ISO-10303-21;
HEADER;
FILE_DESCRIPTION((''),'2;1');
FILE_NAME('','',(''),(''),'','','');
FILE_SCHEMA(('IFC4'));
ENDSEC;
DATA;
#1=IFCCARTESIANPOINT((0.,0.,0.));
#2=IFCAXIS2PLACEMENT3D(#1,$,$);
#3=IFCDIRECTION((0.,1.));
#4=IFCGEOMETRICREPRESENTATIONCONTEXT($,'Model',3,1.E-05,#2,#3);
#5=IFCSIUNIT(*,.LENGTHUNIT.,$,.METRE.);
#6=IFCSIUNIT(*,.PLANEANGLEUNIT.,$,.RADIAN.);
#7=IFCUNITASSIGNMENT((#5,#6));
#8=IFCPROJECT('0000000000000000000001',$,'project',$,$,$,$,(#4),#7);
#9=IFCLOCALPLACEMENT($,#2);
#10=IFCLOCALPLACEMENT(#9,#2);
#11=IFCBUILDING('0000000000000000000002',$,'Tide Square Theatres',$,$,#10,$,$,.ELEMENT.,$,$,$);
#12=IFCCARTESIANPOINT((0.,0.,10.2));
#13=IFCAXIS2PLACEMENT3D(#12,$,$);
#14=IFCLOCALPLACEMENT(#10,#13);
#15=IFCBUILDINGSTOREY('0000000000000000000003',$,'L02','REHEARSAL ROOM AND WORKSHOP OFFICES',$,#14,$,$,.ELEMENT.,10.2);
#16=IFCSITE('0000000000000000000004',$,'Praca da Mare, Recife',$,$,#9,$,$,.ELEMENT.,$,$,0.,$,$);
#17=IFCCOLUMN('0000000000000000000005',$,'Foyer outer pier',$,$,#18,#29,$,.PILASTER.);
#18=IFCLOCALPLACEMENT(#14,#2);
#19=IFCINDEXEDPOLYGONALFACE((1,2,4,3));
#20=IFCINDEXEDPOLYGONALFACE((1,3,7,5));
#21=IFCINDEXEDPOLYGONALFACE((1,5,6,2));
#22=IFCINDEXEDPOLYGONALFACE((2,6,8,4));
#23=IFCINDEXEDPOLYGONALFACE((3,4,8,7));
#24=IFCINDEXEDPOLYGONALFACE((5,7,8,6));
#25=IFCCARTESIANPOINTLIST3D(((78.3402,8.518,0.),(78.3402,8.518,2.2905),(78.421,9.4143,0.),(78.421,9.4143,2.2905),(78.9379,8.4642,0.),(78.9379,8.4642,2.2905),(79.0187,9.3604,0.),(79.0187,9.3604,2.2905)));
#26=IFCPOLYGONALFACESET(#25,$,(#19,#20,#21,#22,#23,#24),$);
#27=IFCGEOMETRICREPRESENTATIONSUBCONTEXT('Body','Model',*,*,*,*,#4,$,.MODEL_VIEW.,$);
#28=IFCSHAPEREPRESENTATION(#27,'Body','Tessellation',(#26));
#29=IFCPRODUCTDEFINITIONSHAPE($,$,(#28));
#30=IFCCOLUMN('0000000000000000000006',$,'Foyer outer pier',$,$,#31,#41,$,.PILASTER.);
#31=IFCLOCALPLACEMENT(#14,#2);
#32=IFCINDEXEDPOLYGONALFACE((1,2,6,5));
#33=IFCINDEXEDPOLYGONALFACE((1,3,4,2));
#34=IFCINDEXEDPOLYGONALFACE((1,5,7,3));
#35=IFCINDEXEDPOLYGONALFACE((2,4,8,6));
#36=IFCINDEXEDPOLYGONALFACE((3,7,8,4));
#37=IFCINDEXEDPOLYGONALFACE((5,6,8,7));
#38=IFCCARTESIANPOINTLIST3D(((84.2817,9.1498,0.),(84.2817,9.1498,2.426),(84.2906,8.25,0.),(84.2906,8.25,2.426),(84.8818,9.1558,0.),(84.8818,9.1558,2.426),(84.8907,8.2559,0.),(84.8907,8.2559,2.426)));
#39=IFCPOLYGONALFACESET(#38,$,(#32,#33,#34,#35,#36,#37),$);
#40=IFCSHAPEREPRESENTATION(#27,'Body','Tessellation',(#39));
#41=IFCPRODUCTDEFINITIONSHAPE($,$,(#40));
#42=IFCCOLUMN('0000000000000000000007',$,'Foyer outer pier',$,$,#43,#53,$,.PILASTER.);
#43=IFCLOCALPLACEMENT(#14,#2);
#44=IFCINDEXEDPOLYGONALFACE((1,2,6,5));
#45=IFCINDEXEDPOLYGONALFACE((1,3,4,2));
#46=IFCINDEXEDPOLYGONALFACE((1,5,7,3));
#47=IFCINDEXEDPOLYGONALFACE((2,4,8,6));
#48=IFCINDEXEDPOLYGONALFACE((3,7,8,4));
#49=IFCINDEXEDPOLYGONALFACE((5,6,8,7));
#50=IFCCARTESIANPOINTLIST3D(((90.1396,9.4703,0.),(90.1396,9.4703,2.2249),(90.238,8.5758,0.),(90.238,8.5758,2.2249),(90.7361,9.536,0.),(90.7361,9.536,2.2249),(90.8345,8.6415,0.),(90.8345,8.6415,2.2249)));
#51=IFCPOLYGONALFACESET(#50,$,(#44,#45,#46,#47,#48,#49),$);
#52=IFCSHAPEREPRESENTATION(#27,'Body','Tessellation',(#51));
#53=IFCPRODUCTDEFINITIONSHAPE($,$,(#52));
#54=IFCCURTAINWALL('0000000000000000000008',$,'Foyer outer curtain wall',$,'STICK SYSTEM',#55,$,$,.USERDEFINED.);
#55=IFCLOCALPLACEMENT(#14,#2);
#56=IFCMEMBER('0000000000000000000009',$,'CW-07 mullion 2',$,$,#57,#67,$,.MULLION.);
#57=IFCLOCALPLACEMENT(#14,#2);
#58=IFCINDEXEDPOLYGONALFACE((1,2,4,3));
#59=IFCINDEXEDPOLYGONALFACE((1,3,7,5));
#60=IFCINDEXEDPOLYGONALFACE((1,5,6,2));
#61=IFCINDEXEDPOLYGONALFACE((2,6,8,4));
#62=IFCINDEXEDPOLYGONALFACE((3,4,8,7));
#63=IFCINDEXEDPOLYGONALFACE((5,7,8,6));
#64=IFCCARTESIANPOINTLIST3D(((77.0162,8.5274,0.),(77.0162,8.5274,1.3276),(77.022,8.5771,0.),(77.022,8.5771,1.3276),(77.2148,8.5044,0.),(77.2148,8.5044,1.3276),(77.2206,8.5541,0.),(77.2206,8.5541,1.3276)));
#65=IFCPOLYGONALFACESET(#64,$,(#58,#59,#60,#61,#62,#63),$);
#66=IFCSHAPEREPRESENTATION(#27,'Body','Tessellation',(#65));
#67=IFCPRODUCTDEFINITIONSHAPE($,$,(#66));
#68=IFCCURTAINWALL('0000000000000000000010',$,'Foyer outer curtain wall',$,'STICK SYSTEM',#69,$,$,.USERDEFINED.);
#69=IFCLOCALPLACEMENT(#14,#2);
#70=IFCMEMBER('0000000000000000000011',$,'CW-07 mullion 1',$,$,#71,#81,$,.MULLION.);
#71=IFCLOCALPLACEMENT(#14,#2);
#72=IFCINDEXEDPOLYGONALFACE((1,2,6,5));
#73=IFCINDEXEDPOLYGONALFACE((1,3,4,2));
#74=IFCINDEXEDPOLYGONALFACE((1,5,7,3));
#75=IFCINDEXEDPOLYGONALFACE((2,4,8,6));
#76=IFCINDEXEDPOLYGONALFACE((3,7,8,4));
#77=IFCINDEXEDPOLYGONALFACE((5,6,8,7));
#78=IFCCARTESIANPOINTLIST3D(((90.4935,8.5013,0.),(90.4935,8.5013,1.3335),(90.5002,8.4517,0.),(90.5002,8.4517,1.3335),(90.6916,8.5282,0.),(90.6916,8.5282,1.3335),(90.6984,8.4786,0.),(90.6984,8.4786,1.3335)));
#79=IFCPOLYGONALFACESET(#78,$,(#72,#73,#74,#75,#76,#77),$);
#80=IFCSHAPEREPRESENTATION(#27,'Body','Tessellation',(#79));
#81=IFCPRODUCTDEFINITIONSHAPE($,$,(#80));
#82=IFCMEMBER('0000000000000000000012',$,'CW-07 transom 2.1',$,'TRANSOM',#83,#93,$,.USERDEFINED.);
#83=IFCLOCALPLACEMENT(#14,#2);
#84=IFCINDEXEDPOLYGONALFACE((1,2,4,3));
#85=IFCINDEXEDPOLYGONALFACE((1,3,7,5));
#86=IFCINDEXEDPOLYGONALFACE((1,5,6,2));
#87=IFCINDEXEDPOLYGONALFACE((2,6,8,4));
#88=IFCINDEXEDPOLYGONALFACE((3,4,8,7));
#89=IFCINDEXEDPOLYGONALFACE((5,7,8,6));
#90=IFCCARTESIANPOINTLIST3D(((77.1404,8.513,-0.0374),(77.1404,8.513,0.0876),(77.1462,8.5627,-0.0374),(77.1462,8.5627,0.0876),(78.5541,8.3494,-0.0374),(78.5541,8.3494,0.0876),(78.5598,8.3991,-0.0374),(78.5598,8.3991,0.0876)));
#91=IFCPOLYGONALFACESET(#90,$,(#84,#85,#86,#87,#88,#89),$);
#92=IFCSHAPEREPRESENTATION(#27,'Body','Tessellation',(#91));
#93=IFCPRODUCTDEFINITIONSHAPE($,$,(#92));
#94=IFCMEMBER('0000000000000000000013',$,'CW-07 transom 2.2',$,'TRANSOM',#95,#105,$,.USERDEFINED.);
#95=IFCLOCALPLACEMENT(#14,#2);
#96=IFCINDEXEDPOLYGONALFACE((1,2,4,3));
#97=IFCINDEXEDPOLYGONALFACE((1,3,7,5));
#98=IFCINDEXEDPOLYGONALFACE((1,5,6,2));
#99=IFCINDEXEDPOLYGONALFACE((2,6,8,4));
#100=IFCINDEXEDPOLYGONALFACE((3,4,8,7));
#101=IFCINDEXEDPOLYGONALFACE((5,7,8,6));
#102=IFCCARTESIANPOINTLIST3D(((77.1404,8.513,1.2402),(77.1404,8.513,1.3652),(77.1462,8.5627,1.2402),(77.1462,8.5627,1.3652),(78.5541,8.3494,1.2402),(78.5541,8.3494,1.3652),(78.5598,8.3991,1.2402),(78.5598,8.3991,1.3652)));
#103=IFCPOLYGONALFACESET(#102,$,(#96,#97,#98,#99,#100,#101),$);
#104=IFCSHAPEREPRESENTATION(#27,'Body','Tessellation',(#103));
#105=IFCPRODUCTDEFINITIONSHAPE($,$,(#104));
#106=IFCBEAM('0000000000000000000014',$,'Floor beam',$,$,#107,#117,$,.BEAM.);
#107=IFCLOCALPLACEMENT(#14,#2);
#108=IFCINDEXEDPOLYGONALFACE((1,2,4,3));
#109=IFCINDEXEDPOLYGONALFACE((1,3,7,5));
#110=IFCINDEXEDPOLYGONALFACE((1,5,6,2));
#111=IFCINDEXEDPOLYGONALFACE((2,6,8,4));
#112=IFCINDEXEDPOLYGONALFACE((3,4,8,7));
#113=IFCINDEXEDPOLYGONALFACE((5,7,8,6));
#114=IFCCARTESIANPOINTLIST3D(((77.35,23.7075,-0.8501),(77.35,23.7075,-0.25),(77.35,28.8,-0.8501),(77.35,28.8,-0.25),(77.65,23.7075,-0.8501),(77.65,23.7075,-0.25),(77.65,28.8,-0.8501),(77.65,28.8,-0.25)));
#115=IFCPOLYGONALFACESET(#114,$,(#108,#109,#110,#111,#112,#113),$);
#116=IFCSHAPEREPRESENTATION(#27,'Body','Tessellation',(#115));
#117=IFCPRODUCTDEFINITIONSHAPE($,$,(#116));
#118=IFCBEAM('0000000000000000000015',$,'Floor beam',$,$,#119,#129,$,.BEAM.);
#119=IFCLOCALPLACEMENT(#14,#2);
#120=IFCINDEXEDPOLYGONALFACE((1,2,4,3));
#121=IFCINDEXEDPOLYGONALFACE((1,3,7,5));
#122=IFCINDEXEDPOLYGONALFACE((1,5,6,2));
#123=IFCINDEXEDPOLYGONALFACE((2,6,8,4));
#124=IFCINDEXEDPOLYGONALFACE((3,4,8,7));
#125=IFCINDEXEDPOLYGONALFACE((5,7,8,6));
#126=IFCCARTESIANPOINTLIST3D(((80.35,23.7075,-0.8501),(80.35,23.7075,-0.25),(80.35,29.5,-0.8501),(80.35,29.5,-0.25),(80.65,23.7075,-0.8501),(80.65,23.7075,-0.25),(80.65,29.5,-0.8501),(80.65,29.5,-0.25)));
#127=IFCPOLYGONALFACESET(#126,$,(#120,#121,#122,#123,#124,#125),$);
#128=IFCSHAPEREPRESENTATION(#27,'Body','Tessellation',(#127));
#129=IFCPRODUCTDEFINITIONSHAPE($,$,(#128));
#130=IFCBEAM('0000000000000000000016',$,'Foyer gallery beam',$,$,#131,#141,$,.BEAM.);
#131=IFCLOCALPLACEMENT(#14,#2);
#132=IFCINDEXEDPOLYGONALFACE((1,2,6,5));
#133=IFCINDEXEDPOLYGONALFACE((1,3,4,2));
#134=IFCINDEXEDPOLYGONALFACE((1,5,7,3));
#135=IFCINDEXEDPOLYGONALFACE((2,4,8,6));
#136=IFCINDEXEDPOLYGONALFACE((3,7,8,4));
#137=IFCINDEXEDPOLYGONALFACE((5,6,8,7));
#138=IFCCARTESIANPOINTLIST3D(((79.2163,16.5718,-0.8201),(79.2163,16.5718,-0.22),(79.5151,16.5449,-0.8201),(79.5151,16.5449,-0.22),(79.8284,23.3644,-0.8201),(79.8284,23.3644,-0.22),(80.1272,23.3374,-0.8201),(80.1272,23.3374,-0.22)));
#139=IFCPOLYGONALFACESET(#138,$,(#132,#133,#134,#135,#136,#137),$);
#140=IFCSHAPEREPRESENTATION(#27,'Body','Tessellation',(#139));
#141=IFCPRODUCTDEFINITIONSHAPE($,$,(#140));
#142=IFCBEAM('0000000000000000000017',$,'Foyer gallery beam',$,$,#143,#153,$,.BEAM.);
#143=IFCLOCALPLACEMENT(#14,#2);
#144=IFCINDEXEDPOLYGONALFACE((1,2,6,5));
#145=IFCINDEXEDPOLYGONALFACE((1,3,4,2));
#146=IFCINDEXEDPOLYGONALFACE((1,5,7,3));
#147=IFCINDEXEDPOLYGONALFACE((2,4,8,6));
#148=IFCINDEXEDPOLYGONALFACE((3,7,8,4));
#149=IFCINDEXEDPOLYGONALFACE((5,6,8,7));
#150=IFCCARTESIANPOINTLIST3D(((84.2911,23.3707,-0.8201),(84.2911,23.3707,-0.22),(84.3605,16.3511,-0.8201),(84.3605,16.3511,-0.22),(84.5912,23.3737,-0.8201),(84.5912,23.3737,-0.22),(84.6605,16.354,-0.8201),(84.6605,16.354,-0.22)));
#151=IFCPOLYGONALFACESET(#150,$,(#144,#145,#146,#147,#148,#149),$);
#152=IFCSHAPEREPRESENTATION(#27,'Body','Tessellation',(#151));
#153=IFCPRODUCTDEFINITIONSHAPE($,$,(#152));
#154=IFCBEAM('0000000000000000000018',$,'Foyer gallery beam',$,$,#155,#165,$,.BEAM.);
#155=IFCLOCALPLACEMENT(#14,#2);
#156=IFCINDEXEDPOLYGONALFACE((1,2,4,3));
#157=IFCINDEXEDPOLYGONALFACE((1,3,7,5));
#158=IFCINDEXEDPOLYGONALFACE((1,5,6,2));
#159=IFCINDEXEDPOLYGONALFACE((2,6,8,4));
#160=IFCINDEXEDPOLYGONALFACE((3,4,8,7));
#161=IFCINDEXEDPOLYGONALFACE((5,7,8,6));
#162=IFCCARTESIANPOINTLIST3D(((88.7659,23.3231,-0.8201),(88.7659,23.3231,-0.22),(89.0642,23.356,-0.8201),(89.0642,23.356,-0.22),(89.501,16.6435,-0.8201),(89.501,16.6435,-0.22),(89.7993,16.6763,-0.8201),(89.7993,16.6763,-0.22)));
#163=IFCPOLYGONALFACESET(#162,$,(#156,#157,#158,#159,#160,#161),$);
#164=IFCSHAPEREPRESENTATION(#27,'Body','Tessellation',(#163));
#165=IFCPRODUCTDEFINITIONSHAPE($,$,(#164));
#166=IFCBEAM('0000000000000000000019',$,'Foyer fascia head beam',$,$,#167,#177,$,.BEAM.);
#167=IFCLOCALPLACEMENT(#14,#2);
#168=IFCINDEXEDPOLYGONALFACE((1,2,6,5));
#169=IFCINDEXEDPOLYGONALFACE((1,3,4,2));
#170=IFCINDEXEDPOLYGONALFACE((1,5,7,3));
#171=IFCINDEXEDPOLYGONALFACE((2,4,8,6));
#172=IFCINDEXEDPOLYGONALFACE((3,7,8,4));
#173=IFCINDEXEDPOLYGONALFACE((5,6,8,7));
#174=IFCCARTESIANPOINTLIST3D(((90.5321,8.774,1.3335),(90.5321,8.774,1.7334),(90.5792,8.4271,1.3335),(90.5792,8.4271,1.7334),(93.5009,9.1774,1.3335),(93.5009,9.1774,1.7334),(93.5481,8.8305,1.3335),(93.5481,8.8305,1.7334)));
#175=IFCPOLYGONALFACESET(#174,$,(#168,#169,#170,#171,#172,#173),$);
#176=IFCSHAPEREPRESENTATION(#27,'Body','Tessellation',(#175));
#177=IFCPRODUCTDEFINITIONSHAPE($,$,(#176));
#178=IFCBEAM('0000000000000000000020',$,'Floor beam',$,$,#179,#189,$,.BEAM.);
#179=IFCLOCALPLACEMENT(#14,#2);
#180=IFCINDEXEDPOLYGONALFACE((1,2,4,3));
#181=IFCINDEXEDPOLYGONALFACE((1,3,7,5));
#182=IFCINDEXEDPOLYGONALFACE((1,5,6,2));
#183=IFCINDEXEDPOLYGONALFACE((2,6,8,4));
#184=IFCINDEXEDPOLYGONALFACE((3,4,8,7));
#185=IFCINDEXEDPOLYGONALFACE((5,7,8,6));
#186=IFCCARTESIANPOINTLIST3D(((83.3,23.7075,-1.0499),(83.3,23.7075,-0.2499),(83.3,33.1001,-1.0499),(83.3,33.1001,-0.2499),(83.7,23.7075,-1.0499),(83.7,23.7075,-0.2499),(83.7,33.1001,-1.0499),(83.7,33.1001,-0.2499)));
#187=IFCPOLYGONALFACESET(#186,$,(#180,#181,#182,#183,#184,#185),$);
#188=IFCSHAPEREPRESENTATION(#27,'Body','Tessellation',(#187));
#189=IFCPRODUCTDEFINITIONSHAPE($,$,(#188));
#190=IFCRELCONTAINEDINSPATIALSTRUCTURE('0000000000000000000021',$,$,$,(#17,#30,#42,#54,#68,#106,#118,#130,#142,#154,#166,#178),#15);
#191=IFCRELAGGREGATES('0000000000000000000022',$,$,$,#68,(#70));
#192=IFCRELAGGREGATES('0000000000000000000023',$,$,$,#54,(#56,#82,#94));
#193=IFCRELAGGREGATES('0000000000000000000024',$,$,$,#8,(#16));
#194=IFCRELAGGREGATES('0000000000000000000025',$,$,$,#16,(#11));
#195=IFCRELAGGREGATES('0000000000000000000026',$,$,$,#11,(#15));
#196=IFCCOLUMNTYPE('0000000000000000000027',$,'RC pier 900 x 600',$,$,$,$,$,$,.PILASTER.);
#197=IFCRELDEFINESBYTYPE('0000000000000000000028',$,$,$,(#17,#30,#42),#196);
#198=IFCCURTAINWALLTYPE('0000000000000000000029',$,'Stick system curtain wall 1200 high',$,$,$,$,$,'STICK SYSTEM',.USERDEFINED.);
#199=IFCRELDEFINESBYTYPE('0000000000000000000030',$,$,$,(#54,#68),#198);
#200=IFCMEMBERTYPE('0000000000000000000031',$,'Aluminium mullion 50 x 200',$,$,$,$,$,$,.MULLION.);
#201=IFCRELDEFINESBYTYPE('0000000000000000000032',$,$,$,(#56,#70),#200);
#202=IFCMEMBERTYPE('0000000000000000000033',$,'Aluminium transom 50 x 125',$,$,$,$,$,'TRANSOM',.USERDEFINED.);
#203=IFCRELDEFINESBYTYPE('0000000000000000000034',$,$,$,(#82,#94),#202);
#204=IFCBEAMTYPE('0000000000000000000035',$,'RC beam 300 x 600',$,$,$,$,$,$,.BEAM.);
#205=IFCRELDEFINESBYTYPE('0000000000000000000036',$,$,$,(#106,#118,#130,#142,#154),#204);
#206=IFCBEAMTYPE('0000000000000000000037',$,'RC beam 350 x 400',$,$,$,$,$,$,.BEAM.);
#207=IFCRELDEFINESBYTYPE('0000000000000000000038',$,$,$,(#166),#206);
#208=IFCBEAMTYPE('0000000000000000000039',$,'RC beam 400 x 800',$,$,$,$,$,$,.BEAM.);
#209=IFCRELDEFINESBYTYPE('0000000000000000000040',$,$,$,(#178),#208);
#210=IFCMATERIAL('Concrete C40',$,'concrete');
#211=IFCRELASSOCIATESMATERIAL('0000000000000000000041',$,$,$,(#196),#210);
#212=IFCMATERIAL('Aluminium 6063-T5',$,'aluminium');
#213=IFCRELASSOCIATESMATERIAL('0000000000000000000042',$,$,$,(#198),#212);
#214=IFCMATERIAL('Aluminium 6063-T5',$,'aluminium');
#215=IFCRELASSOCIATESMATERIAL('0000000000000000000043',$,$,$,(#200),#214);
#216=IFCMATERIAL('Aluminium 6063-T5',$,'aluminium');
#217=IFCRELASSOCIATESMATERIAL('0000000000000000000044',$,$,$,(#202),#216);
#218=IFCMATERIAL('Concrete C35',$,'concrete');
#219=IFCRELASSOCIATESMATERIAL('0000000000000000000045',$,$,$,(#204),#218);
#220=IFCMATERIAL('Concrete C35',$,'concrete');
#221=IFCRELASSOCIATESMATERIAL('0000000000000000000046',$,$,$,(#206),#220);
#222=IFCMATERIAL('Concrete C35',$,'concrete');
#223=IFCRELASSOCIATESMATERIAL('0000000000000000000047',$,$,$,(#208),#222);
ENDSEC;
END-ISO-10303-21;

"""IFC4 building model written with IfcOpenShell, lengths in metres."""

from ifc_helpers import new_model, si_unit, direction, frame, origin, origin_2d, place, context, subcontext, project, spatial, rectangle, extrude, material, material_profile, profile_set, type_object, element, aggregate, save


model = new_model("IFC4")

# Units and contexts
model_context = context("Model", 3, precision=1e-05, world=origin(), true_north=direction((0.0, 1.0)))
body_context = subcontext(model_context, "Body", "Model", "MODEL_VIEW")
ifc_project = project(units=[si_unit("LENGTHUNIT", "METRE"), si_unit("PLANEANGLEUNIT", "RADIAN")], contexts=[model_context])

# Site, building, storey
site_placement = place(None, origin())
site = spatial("IfcSite", under=ifc_project, at=site_placement, Name="Praca da Mare, Recife", CompositionType="ELEMENT", RefElevation=0.0)
building_placement = place(site_placement, origin())
building = spatial("IfcBuilding", under=site, at=building_placement, Name="Tide Square Theatres", CompositionType="ELEMENT")
storey_placement = place(building_placement, frame((0.0, 0.0, 10.2)))
storey = spatial("IfcBuildingStorey", under=building, at=storey_placement, Name="L02", Description="REHEARSAL ROOM AND WORKSHOP OFFICES", CompositionType="ELEMENT", Elevation=10.2)

# Columns
ifc_material_1 = material(Name="Concrete C40", Category="concrete")
ifc_material_profile_1 = material_profile(ifc_material_1, rectangle(XDim=0.8999, YDim=0.6001, at=origin_2d()))
ifc_profile_set_1 = profile_set([ifc_material_profile_1], Name="Concrete C40")
column_type = type_object("IfcColumnType", Name="RC pier 900 x 600", PredefinedType="PILASTER", material=ifc_profile_set_1)
column_1_placement = place(storey_placement, frame((78.6794, 8.9392, 0.0), z_axis=(0.0, 0.0, 1.0), x_axis=(-0.089723, -0.995967, 0.0)))
element("IfcColumn", 1, at=column_1_placement, inside=storey, type_object=column_type, Name="Foyer outer pier", PredefinedType="PILASTER", context=body_context, shape_type="SweptSolid", body=[
    extrude(rectangle(XDim=0.8999, YDim=0.6001, at=origin_2d()), origin(), (0.0, 0.0, 1.0), 2.2905),
])
column_2_placement = place(storey_placement, frame((84.5862, 8.7029, 0.0), z_axis=(0.0, 0.0, 1.0), x_axis=(0.009884, -0.999951, 0.0)))
element("IfcColumn", 2, at=column_2_placement, inside=storey, type_object=column_type, Name="Foyer outer pier", PredefinedType="PILASTER", context=body_context, shape_type="SweptSolid", body=[
    extrude(rectangle(XDim=0.8999, YDim=0.6001, at=origin_2d()), origin(), (0.0, 0.0, 1.0), 2.426),
])
column_3_placement = place(storey_placement, frame((90.4871, 9.0559, 0.0), z_axis=(0.0, 0.0, 1.0), x_axis=(0.109393, -0.993999, 0.0)))
element("IfcColumn", 3, at=column_3_placement, inside=storey, type_object=column_type, Name="Foyer outer pier", PredefinedType="PILASTER", context=body_context, shape_type="SweptSolid", body=[
    extrude(rectangle(XDim=0.8999, YDim=0.6001, at=origin_2d()), origin(), (0.0, 0.0, 1.0), 2.2249),
])

# Curtain walls, members
ifc_material_2 = material(Name="Aluminium 6063-T5", Category="aluminium")
curtain_wall_type = type_object("IfcCurtainWallType", Name="Stick system curtain wall 1200 high", ElementType="STICK SYSTEM", PredefinedType="USERDEFINED", material=ifc_material_2)
curtain_wall_1_placement = place(storey_placement, origin())
curtain_wall_1 = element("IfcCurtainWall", 4, at=curtain_wall_1_placement, inside=storey, type_object=curtain_wall_type, Name="Foyer outer curtain wall", ObjectType="STICK SYSTEM", PredefinedType="USERDEFINED")
ifc_material_3 = material(Name="Aluminium 6063-T5", Category="aluminium")
ifc_material_profile_2 = material_profile(ifc_material_3, rectangle(XDim=0.05, YDim=0.2, at=origin_2d()))
ifc_profile_set_2 = profile_set([ifc_material_profile_2], Name="Aluminium 6063-T5")
member_type_1 = type_object("IfcMemberType", Name="Aluminium mullion 50 x 200", PredefinedType="MULLION", material=ifc_profile_set_2)
member_1_placement = place(storey_placement, frame((77.1184, 8.5408, 0.0), z_axis=(0.0, 0.0, 1.0), x_axis=(0.114955, 0.993371, 0.0)))
member_1 = element("IfcMember", 5, at=member_1_placement, type_object=member_type_1, Name="CW-07 mullion 2", PredefinedType="MULLION", context=body_context, shape_type="SweptSolid", body=[
    extrude(rectangle(XDim=0.05, YDim=0.2, at=origin_2d()), origin(), (0.0, 0.0, 1.0), 1.3276),
])
curtain_wall_2_placement = place(storey_placement, origin())
curtain_wall_2 = element("IfcCurtainWall", 6, at=curtain_wall_2_placement, inside=storey, type_object=curtain_wall_type, Name="Foyer outer curtain wall", ObjectType="STICK SYSTEM", PredefinedType="USERDEFINED")
member_2_placement = place(storey_placement, frame((90.5959, 8.49, 0.0), z_axis=(0.0, 0.0, 1.0), x_axis=(-0.134577, 0.990903, 0.0)))
member_2 = element("IfcMember", 7, at=member_2_placement, type_object=member_type_1, Name="CW-07 mullion 1", PredefinedType="MULLION", context=body_context, shape_type="SweptSolid", body=[
    extrude(rectangle(XDim=0.05, YDim=0.2, at=origin_2d()), origin(), (0.0, 0.0, 1.0), 1.3335),
])
aggregate(curtain_wall_2, [member_2])

# Members
ifc_material_4 = material(Name="Aluminium 6063-T5", Category="aluminium")
ifc_material_profile_3 = material_profile(ifc_material_4, rectangle(XDim=0.05, YDim=0.125, at=origin_2d()))
ifc_profile_set_3 = profile_set([ifc_material_profile_3], Name="Aluminium 6063-T5")
member_type_2 = type_object("IfcMemberType", Name="Aluminium transom 50 x 125", ElementType="TRANSOM", PredefinedType="USERDEFINED", material=ifc_profile_set_3)
member_3_placement = place(storey_placement, frame((77.1433, 8.5378, 0.0251), z_axis=(0.993371, -0.11495, 0.0), x_axis=(0.11495, 0.993371, 0.0)))
member_3 = element("IfcMember", 8, at=member_3_placement, type_object=member_type_2, Name="CW-07 transom 2.1", ObjectType="TRANSOM", PredefinedType="USERDEFINED", context=body_context, shape_type="SweptSolid", body=[
    extrude(rectangle(XDim=0.05, YDim=0.125, at=origin_2d()), origin(), (0.0, 0.0, 1.0), 1.4231),
])
member_4_placement = place(storey_placement, frame((77.1433, 8.5378, 1.3027), z_axis=(0.993371, -0.11495, 0.0), x_axis=(0.11495, 0.993371, 0.0)))
member_4 = element("IfcMember", 9, at=member_4_placement, type_object=member_type_2, Name="CW-07 transom 2.2", ObjectType="TRANSOM", PredefinedType="USERDEFINED", context=body_context, shape_type="SweptSolid", body=[
    extrude(rectangle(XDim=0.05, YDim=0.125, at=origin_2d()), origin(), (0.0, 0.0, 1.0), 1.4231),
])

# Beams
ifc_material_5 = material(Name="Concrete C35", Category="concrete")
ifc_material_profile_4 = material_profile(ifc_material_5, rectangle(XDim=0.3, YDim=0.6001, at=origin_2d()))
ifc_profile_set_4 = profile_set([ifc_material_profile_4], Name="Concrete C35")
beam_type_1 = type_object("IfcBeamType", Name="RC beam 300 x 600", PredefinedType="BEAM", material=ifc_profile_set_4)
beam_1_placement = place(storey_placement, frame((77.5, 23.7075, -0.55), z_axis=(0.0, 1.0, 0.0), x_axis=(-1.0, 0.0, 0.0)))
element("IfcBeam", 10, at=beam_1_placement, inside=storey, type_object=beam_type_1, Name="Floor beam", PredefinedType="BEAM", context=body_context, shape_type="SweptSolid", body=[
    extrude(rectangle(XDim=0.3, YDim=0.6001, at=origin_2d()), origin(), (0.0, 0.0, 1.0), 5.0925),
])
beam_2_placement = place(storey_placement, frame((80.5, 23.7075, -0.55), z_axis=(0.0, 1.0, 0.0), x_axis=(-1.0, 0.0, 0.0)))
element("IfcBeam", 11, at=beam_2_placement, inside=storey, type_object=beam_type_1, Name="Floor beam", PredefinedType="BEAM", context=body_context, shape_type="SweptSolid", body=[
    extrude(rectangle(XDim=0.3, YDim=0.6001, at=origin_2d()), origin(), (0.0, 0.0, 1.0), 5.7925),
])
beam_3_placement = place(storey_placement, frame((79.3657, 16.5583, -0.52), z_axis=(0.089745, 0.995965, 0.0), x_axis=(-0.995965, 0.089745, 0.0)))
element("IfcBeam", 12, at=beam_3_placement, inside=storey, type_object=beam_type_1, Name="Foyer gallery beam", PredefinedType="BEAM", context=body_context, shape_type="SweptSolid", body=[
    extrude(rectangle(XDim=0.3, YDim=0.6001, at=origin_2d()), origin(), (0.0, 0.0, 1.0), 6.8201),
])
beam_4_placement = place(storey_placement, frame((84.5105, 16.3525, -0.52), z_axis=(-0.009877, 0.999951, 0.0), x_axis=(-0.999951, -0.009877, 0.0)))
element("IfcBeam", 13, at=beam_4_placement, inside=storey, type_object=beam_type_1, Name="Foyer gallery beam", PredefinedType="BEAM", context=body_context, shape_type="SweptSolid", body=[
    extrude(rectangle(XDim=0.3, YDim=0.6001, at=origin_2d()), origin(), (0.0, 0.0, 1.0), 7.02),
])
beam_5_placement = place(storey_placement, frame((89.6501, 16.6599, -0.52), z_axis=(-0.109391, 0.993999, 0.0), x_axis=(-0.993999, -0.109391, 0.0)))
element("IfcBeam", 14, at=beam_5_placement, inside=storey, type_object=beam_type_1, Name="Foyer gallery beam", PredefinedType="BEAM", context=body_context, shape_type="SweptSolid", body=[
    extrude(rectangle(XDim=0.3, YDim=0.6001, at=origin_2d()), origin(), (0.0, 0.0, 1.0), 6.72),
])
ifc_material_6 = material(Name="Concrete C35", Category="concrete")
ifc_material_profile_5 = material_profile(ifc_material_6, rectangle(XDim=0.3501, YDim=0.3999, at=origin_2d()))
ifc_profile_set_5 = profile_set([ifc_material_profile_5], Name="Concrete C35")
beam_type_2 = type_object("IfcBeamType", Name="RC beam 350 x 400", PredefinedType="BEAM", material=ifc_profile_set_5)
beam_6_placement = place(storey_placement, frame((90.5557, 8.6006, 1.5334), z_axis=(0.990897, 0.134619, 0.0), x_axis=(-0.134619, 0.990897, 0.0)))
element("IfcBeam", 15, at=beam_6_placement, inside=storey, type_object=beam_type_2, Name="Foyer fascia head beam", PredefinedType="BEAM", context=body_context, shape_type="SweptSolid", body=[
    extrude(rectangle(XDim=0.3501, YDim=0.3999, at=origin_2d()), origin(), (0.0, 0.0, 1.0), 2.9961),
])
ifc_material_7 = material(Name="Concrete C35", Category="concrete")
ifc_material_profile_6 = material_profile(ifc_material_7, rectangle(XDim=0.3999, YDim=0.8, at=origin_2d()))
ifc_profile_set_6 = profile_set([ifc_material_profile_6], Name="Concrete C35")
beam_type_3 = type_object("IfcBeamType", Name="RC beam 400 x 800", PredefinedType="BEAM", material=ifc_profile_set_6)
beam_7_placement = place(storey_placement, frame((83.5, 23.7075, -0.6499), z_axis=(0.0, 1.0, 0.0), x_axis=(-1.0, 0.0, 0.0)))
element("IfcBeam", 16, at=beam_7_placement, inside=storey, type_object=beam_type_3, Name="Floor beam", PredefinedType="BEAM", context=body_context, shape_type="SweptSolid", body=[
    extrude(rectangle(XDim=0.3999, YDim=0.8, at=origin_2d()), origin(), (0.0, 0.0, 1.0), 9.3926),
])

aggregate(curtain_wall_1, [member_1, member_3, member_4])

save(model, "model.ifc")
